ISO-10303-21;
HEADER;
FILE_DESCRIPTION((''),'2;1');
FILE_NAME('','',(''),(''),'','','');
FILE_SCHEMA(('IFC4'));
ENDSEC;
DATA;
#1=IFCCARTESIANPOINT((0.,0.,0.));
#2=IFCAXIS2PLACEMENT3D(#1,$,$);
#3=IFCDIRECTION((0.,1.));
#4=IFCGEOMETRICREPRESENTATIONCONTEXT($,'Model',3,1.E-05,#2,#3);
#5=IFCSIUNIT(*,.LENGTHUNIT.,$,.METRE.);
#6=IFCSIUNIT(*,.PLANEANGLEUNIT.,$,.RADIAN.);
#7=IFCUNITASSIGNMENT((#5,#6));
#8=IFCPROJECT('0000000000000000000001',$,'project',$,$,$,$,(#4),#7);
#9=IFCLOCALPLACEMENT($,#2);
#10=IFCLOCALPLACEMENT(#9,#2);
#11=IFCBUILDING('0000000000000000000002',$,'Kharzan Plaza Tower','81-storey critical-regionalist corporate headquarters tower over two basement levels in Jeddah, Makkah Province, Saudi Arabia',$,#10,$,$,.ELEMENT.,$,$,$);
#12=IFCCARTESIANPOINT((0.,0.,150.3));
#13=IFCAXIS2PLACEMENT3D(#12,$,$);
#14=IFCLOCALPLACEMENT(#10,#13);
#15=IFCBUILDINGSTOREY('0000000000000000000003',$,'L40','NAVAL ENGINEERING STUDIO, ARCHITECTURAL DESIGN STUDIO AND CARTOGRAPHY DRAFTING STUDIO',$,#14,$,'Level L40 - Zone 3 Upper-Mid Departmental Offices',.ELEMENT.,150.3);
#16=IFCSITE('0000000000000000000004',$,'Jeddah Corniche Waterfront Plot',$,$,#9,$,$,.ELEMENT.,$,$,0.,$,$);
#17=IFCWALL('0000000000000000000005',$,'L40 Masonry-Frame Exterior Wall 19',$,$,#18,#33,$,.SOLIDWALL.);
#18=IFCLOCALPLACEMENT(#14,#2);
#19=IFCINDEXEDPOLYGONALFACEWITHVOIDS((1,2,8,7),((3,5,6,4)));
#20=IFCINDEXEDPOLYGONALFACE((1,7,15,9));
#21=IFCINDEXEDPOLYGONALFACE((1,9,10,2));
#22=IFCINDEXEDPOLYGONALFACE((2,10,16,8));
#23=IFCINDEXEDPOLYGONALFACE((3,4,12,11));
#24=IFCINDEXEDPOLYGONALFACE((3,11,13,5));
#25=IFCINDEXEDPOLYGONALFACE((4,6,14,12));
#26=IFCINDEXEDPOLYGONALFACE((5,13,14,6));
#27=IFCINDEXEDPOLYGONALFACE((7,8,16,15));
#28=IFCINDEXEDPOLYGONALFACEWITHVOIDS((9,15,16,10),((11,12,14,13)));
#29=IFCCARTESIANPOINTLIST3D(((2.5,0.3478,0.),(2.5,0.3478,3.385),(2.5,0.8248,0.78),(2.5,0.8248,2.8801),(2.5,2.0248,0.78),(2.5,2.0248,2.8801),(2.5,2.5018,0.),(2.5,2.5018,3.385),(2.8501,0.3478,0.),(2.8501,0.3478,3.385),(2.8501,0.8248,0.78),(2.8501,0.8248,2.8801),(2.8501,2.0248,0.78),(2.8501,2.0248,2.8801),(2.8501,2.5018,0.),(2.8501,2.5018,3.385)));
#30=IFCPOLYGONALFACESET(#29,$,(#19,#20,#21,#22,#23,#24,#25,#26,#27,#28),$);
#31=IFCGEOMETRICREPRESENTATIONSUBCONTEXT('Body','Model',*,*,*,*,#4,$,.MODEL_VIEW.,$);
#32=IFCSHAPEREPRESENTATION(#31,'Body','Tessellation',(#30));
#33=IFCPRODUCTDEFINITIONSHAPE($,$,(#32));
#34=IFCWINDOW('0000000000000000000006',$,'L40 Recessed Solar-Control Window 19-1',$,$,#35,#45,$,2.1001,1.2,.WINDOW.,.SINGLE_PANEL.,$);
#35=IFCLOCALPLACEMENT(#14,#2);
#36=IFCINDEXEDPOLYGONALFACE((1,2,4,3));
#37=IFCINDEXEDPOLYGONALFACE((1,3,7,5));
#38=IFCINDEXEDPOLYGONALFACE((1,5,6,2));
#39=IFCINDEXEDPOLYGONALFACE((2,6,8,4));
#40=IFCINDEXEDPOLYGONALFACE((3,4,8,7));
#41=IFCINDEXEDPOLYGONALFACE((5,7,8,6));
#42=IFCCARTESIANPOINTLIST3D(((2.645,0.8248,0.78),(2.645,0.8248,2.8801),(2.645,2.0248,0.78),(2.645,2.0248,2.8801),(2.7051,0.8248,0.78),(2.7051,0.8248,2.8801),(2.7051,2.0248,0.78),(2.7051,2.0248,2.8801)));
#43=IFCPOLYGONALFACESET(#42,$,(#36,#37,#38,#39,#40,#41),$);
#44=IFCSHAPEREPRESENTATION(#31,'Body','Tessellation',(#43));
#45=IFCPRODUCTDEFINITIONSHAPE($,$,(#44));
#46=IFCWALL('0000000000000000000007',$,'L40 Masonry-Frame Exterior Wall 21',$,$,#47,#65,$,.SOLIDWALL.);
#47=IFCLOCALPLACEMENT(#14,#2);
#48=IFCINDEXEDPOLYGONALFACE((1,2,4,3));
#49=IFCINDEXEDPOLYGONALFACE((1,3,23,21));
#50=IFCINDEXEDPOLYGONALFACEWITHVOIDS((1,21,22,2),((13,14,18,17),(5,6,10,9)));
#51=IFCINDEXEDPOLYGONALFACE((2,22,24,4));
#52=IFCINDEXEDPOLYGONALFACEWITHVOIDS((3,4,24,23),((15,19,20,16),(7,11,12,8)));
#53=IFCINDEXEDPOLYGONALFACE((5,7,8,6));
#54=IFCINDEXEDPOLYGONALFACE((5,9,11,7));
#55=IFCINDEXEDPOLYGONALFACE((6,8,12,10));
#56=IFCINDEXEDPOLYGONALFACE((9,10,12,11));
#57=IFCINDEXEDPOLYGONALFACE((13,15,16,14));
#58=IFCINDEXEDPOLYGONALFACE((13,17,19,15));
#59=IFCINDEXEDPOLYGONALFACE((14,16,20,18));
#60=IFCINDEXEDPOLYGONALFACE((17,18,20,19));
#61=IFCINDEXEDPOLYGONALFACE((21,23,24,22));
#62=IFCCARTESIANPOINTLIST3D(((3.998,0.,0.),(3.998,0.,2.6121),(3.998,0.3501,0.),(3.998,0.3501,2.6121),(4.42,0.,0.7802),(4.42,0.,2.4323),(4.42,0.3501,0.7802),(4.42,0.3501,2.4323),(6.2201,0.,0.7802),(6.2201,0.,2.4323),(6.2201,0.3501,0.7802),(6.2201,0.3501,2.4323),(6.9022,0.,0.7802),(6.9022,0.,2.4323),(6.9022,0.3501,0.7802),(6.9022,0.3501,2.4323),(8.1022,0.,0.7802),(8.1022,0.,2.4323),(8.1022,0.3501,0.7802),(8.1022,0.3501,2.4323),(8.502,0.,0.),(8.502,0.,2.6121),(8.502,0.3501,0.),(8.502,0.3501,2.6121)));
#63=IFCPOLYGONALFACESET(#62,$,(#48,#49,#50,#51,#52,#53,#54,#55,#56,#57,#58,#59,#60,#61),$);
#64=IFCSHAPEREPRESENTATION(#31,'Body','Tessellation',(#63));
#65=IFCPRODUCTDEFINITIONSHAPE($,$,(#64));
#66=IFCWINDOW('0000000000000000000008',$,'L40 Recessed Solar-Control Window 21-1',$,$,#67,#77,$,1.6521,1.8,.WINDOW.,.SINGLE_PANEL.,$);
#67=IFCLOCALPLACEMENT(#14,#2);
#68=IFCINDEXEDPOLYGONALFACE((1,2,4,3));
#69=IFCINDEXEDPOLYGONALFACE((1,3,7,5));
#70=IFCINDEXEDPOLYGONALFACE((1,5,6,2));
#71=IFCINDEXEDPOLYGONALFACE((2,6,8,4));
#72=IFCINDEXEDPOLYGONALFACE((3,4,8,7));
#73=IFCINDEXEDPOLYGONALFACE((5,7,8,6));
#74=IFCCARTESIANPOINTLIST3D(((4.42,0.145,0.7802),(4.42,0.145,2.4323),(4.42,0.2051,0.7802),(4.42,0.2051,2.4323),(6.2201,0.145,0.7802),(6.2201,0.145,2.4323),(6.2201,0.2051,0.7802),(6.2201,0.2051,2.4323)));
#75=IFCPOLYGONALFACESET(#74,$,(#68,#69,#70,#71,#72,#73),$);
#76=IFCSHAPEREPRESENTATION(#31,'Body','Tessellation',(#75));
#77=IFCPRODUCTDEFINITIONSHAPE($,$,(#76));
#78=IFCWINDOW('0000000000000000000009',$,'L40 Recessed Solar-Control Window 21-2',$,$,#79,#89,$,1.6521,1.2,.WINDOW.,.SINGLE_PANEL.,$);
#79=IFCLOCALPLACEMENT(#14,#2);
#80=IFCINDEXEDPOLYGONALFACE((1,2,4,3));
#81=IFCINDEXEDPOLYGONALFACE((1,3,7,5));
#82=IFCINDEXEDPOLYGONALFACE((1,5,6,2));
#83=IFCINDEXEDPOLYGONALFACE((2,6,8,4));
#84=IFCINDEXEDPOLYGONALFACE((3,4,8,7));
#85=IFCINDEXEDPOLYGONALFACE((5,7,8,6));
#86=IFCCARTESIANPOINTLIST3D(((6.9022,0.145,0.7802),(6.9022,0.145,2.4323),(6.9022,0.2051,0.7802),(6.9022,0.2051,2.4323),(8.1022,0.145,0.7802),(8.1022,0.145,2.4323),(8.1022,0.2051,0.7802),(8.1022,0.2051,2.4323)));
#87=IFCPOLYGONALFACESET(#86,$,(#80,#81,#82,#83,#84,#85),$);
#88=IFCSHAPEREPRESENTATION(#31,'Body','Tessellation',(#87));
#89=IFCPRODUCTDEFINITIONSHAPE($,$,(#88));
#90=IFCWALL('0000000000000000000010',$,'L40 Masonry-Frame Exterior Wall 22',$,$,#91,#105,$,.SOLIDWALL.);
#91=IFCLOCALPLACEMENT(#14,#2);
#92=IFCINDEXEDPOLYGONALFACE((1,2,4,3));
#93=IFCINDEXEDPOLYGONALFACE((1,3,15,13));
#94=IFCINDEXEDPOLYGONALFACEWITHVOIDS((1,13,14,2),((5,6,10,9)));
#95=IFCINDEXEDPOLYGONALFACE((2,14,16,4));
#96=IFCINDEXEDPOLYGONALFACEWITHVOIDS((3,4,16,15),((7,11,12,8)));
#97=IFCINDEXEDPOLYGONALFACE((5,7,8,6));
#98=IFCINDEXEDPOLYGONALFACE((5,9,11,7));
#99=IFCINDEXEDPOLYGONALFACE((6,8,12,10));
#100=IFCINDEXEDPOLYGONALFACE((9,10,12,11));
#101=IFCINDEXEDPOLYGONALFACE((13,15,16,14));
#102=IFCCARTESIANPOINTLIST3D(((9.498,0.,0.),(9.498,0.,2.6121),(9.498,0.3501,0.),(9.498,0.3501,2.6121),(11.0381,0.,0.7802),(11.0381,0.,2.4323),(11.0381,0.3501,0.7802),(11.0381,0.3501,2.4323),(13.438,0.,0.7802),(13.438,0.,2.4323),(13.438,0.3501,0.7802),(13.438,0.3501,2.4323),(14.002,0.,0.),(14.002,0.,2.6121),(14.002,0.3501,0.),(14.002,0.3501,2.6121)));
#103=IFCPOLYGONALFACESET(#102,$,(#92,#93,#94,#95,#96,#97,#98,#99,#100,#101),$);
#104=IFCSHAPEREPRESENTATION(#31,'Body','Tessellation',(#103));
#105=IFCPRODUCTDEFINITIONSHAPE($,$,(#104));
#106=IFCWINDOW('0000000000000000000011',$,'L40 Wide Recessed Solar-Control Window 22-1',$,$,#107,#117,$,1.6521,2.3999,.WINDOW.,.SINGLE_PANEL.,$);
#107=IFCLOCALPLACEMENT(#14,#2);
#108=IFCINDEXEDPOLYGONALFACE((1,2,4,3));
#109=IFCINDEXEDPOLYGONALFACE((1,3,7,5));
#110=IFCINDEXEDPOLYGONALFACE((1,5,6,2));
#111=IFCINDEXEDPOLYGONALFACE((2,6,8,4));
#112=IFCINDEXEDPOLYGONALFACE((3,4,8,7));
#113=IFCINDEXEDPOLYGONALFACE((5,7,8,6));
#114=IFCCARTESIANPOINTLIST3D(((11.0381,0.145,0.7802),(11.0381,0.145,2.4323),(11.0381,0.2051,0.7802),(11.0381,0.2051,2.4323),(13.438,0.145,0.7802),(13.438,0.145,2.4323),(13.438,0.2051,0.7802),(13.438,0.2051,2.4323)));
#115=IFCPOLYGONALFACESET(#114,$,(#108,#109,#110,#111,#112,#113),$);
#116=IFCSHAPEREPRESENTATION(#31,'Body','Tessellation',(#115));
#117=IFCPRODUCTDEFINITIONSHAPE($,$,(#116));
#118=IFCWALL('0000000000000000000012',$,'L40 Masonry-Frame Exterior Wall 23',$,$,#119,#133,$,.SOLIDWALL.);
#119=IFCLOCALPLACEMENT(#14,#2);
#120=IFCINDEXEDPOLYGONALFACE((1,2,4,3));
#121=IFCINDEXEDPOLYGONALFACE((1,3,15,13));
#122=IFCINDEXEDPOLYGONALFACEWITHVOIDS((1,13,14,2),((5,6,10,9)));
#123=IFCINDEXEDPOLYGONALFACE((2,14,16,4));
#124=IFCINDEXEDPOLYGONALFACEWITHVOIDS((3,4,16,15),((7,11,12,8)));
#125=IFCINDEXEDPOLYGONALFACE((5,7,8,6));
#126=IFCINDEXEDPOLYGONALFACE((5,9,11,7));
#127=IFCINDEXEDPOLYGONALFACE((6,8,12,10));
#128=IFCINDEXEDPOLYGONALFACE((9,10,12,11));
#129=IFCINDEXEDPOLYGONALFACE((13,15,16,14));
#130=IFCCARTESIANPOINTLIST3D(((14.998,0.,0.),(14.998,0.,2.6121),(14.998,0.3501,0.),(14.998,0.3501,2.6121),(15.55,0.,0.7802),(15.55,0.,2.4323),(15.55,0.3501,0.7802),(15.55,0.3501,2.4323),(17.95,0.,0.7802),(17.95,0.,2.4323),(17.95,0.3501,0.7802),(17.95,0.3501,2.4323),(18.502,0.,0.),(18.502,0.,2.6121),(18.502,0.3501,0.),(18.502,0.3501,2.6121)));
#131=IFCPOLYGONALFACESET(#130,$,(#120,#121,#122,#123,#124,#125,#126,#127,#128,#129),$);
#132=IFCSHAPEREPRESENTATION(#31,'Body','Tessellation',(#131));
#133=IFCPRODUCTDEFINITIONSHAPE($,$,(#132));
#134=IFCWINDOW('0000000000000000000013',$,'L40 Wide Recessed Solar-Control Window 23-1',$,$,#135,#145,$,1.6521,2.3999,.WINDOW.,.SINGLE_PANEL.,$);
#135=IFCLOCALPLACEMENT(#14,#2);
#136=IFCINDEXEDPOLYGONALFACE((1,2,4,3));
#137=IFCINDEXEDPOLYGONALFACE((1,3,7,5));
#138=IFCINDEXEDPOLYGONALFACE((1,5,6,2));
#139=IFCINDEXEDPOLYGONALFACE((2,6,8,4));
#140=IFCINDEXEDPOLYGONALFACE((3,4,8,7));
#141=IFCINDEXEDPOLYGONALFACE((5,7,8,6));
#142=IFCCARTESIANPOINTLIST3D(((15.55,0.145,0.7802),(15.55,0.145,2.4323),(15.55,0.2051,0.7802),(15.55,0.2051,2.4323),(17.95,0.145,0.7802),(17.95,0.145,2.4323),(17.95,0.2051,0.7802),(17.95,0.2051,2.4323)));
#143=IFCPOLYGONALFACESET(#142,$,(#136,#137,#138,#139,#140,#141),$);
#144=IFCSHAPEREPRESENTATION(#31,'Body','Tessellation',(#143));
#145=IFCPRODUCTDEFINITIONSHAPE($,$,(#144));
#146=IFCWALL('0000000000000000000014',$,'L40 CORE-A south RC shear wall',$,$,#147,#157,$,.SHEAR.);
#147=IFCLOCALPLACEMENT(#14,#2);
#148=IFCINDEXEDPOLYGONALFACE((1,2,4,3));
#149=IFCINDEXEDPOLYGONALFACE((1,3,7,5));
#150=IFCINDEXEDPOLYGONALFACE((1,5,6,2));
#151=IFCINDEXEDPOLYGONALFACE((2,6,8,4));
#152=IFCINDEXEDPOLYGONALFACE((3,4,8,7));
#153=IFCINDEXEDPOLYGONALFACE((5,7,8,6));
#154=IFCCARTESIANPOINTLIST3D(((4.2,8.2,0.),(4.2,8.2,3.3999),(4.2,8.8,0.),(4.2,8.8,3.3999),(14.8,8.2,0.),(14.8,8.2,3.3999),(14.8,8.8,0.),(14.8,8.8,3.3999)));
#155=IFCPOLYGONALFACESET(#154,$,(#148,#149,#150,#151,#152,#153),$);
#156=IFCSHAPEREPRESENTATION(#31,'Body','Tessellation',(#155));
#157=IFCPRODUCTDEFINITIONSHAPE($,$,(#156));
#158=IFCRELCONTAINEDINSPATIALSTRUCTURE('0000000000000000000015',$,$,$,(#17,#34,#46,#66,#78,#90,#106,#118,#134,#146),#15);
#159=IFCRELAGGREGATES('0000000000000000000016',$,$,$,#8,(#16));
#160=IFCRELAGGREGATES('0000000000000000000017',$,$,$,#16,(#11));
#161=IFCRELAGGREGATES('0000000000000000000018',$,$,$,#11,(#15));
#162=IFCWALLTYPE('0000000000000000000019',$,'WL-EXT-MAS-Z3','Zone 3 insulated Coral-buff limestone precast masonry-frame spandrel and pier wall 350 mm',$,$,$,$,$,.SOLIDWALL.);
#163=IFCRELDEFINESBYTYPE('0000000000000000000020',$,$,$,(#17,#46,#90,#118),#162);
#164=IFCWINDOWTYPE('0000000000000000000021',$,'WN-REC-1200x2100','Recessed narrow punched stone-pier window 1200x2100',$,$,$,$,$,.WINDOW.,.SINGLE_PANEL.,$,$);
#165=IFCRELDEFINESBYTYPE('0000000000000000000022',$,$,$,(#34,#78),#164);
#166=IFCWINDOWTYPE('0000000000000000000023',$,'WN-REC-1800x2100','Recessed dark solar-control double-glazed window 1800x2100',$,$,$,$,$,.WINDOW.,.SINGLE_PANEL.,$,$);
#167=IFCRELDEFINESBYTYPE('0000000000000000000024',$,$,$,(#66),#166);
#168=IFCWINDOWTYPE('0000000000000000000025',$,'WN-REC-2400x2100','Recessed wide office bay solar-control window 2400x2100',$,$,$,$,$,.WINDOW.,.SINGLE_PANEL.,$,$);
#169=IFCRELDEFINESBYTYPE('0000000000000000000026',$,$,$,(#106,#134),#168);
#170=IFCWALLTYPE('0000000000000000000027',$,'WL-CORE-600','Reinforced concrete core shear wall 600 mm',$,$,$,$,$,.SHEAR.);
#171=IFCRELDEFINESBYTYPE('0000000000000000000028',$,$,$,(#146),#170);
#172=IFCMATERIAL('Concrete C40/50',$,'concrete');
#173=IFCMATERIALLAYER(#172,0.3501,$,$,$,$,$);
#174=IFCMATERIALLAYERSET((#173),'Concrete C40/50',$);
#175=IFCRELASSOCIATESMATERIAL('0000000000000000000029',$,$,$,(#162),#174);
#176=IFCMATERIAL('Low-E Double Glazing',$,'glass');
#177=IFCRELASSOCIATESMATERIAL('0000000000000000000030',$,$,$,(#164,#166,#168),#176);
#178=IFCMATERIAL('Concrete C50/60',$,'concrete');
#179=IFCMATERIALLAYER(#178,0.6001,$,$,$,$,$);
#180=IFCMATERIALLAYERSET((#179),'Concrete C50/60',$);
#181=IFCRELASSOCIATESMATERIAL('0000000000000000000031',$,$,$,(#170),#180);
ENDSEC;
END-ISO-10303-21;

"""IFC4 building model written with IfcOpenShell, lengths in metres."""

from ifc_helpers import new_model, si_unit, direction, frame, frame_2d, origin, place, context, subcontext, project, spatial, rectangle, extrude, source, transform, mapped, material, layer, layer_set, type_object, element, fill, save


model = new_model("IFC4")

# Units and contexts
model_context = context("Model", 3, precision=1e-05, world=origin(), true_north=direction((0.0, 1.0)))
body_context = subcontext(model_context, "Body", "Model", "MODEL_VIEW")
ifc_project = project(units=[si_unit("LENGTHUNIT", "METRE"), si_unit("PLANEANGLEUNIT", "RADIAN")], contexts=[model_context])

# Site, building, storey
site_placement = place(None, origin())
site = spatial("IfcSite", under=ifc_project, at=site_placement, Name="Jeddah Corniche Waterfront Plot", CompositionType="ELEMENT", RefElevation=0.0)
building_placement = place(site_placement, origin())
building = spatial("IfcBuilding", under=site, at=building_placement, Name="Kharzan Plaza Tower", Description="81-storey critical-regionalist corporate headquarters tower over two basement levels in Jeddah, Makkah Province, Saudi Arabia", CompositionType="ELEMENT")
storey_placement = place(building_placement, frame((0.0, 0.0, 150.3)))
storey = spatial("IfcBuildingStorey", under=building, at=storey_placement, Name="L40", Description="NAVAL ENGINEERING STUDIO, ARCHITECTURAL DESIGN STUDIO AND CARTOGRAPHY DRAFTING STUDIO", LongName="Level L40 - Zone 3 Upper-Mid Departmental Offices", CompositionType="ELEMENT", Elevation=150.3)

# Shared definitions
ifc_material_1 = material(Name="Concrete C50/60", Category="concrete")

# Wall, opening, window
ifc_material_2 = material(Name="Concrete C40/50", Category="concrete")
ifc_layer_1 = layer(ifc_material_2, 0.3501)
ifc_layer_set_1 = layer_set([ifc_layer_1], Name="Concrete C40/50")
wall_type_1 = type_object("IfcWallType", Name="WL-EXT-MAS-Z3", Description="Zone 3 insulated Coral-buff limestone precast masonry-frame spandrel and pier wall 350 mm", PredefinedType="SOLIDWALL", material=ifc_layer_set_1)
wall_1_placement = place(storey_placement, frame((2.675, 2.502, 0.0), z_axis=(0.0, 0.0, 1.0), x_axis=(0.0, -1.0, 0.0)))
wall_1 = element("IfcWall", 1, at=wall_1_placement, inside=storey, type_object=wall_type_1, Name="L40 Masonry-Frame Exterior Wall 19", PredefinedType="SOLIDWALL", context=body_context, shape_type="SweptSolid", body=[
    extrude(rectangle(XDim=2.1541, YDim=0.3501, at=frame_2d((1.0771, 0.0))), origin(), (0.0, 0.0, 1.0), 3.385),
])
opening_1_placement = place(wall_1_placement, frame((0.4771, 0.0, 0.78)))
opening_1 = element("IfcOpeningElement", 2, at=opening_1_placement, cuts=wall_1, PredefinedType="OPENING", context=body_context, shape_type="SweptSolid", body=[
    extrude(rectangle(XDim=1.2, YDim=2.1001, at=frame_2d((0.6001, 1.05))), frame((0.0, 0.1851, 0.0), z_axis=(0.0, -1.0, 0.0), x_axis=(1.0, 0.0, 0.0)), (0.0, 0.0, 1.0), 0.3701),
])
ifc_material_3 = material(Name="Low-E Double Glazing", Category="glass")
window_type_1 = type_object("IfcWindowType", Name="WN-REC-1200x2100", Description="Recessed narrow punched stone-pier window 1200x2100", PartitioningType="SINGLE_PANEL", PredefinedType="WINDOW", material=ifc_material_3)
shared_shape_1 = source(origin(), body_context, "Body", "SweptSolid", [
    extrude(rectangle(XDim=1.2, YDim=2.1001, at=frame_2d((0.6001, 1.05))), frame((0.0, 0.03, 0.0), z_axis=(0.0, -1.0, 0.0), x_axis=(1.0, 0.0, 0.0)), (0.0, 0.0, 1.0), 0.0601),
])
window_1_placement = place(opening_1_placement, origin())
window_1 = element("IfcWindow", 3, at=window_1_placement, inside=storey, type_object=window_type_1, Name="L40 Recessed Solar-Control Window 19-1", OverallHeight=2.1001, OverallWidth=1.2, PartitioningType="SINGLE_PANEL", PredefinedType="WINDOW", context=body_context, shape_type="MappedRepresentation", body=[
    mapped(shared_shape_1, transform((0.0, 0.0, 0.0), x_axis=(1.0, 0.0, 0.0), y_axis=(0.0, 1.0, 0.0), z_axis=(0.0, 0.0, 1.0))),
])
fill(opening_1, window_1)

# Wall, openings, windows
wall_2_placement = place(storey_placement, frame((3.998, 0.175, 0.0), z_axis=(0.0, 0.0, 1.0), x_axis=(1.0, 0.0, 0.0)))
wall_2 = element("IfcWall", 4, at=wall_2_placement, inside=storey, type_object=wall_type_1, Name="L40 Masonry-Frame Exterior Wall 21", PredefinedType="SOLIDWALL", context=body_context, shape_type="SweptSolid", body=[
    extrude(rectangle(XDim=4.5039, YDim=0.3501, at=frame_2d((2.252, 0.0))), origin(), (0.0, 0.0, 1.0), 2.6121),
])
opening_2_placement = place(wall_2_placement, frame((0.4221, 0.0, 0.78)))
opening_2 = element("IfcOpeningElement", 5, at=opening_2_placement, cuts=wall_2, PredefinedType="OPENING", context=body_context, shape_type="SweptSolid", body=[
    extrude(rectangle(XDim=1.8, YDim=1.6521, at=frame_2d((0.8999, 0.8262))), frame((0.0, 0.1851, 0.0), z_axis=(0.0, -1.0, 0.0), x_axis=(1.0, 0.0, 0.0)), (0.0, 0.0, 1.0), 0.3701),
])
opening_3_placement = place(wall_2_placement, frame((2.9041, 0.0, 0.78)))
opening_3 = element("IfcOpeningElement", 6, at=opening_3_placement, cuts=wall_2, PredefinedType="OPENING", context=body_context, shape_type="SweptSolid", body=[
    extrude(rectangle(XDim=1.2, YDim=1.6521, at=frame_2d((0.6001, 0.8262))), frame((0.0, 0.1851, 0.0), z_axis=(0.0, -1.0, 0.0), x_axis=(1.0, 0.0, 0.0)), (0.0, 0.0, 1.0), 0.3701),
])
window_type_2 = type_object("IfcWindowType", Name="WN-REC-1800x2100", Description="Recessed dark solar-control double-glazed window 1800x2100", PartitioningType="SINGLE_PANEL", PredefinedType="WINDOW", material=ifc_material_3)
shared_shape_2 = source(origin(), body_context, "Body", "SweptSolid", [
    extrude(rectangle(XDim=1.8, YDim=1.6521, at=frame_2d((0.8999, 0.8262))), frame((0.0, 0.03, 0.0), z_axis=(0.0, -1.0, 0.0), x_axis=(1.0, 0.0, 0.0)), (0.0, 0.0, 1.0), 0.0601),
])
window_2_placement = place(opening_2_placement, origin())
window_2 = element("IfcWindow", 7, at=window_2_placement, inside=storey, type_object=window_type_2, Name="L40 Recessed Solar-Control Window 21-1", OverallHeight=1.6521, OverallWidth=1.8, PartitioningType="SINGLE_PANEL", PredefinedType="WINDOW", context=body_context, shape_type="MappedRepresentation", body=[
    mapped(shared_shape_2, transform((0.0, 0.0, 0.0), x_axis=(1.0, 0.0, 0.0), y_axis=(0.0, 1.0, 0.0), z_axis=(0.0, 0.0, 1.0))),
])
fill(opening_2, window_2)
shared_shape_3 = source(origin(), body_context, "Body", "SweptSolid", [
    extrude(rectangle(XDim=1.2, YDim=1.6521, at=frame_2d((0.6001, 0.8262))), frame((0.0, 0.03, 0.0), z_axis=(0.0, -1.0, 0.0), x_axis=(1.0, 0.0, 0.0)), (0.0, 0.0, 1.0), 0.0601),
])
window_3_placement = place(opening_3_placement, origin())
window_3 = element("IfcWindow", 8, at=window_3_placement, inside=storey, type_object=window_type_1, Name="L40 Recessed Solar-Control Window 21-2", OverallHeight=1.6521, OverallWidth=1.2, PartitioningType="SINGLE_PANEL", PredefinedType="WINDOW", context=body_context, shape_type="MappedRepresentation", body=[
    mapped(shared_shape_3, transform((0.0, 0.0, 0.0), x_axis=(1.0, 0.0, 0.0), y_axis=(0.0, 1.0, 0.0), z_axis=(0.0, 0.0, 1.0))),
])
fill(opening_3, window_3)

# Walls, openings, windows
wall_3_placement = place(storey_placement, frame((9.498, 0.175, 0.0), z_axis=(0.0, 0.0, 1.0), x_axis=(1.0, 0.0, 0.0)))
wall_3 = element("IfcWall", 9, at=wall_3_placement, inside=storey, type_object=wall_type_1, Name="L40 Masonry-Frame Exterior Wall 22", PredefinedType="SOLIDWALL", context=body_context, shape_type="SweptSolid", body=[
    extrude(rectangle(XDim=4.5039, YDim=0.3501, at=frame_2d((2.252, 0.0))), origin(), (0.0, 0.0, 1.0), 2.6121),
])
opening_4_placement = place(wall_3_placement, frame((1.54, 0.0, 0.78)))
opening_4 = element("IfcOpeningElement", 10, at=opening_4_placement, cuts=wall_3, PredefinedType="OPENING", context=body_context, shape_type="SweptSolid", body=[
    extrude(rectangle(XDim=2.3999, YDim=1.6521, at=frame_2d((1.2, 0.8262))), frame((0.0, 0.1851, 0.0), z_axis=(0.0, -1.0, 0.0), x_axis=(1.0, 0.0, 0.0)), (0.0, 0.0, 1.0), 0.3701),
])
window_type_3 = type_object("IfcWindowType", Name="WN-REC-2400x2100", Description="Recessed wide office bay solar-control window 2400x2100", PartitioningType="SINGLE_PANEL", PredefinedType="WINDOW", material=ifc_material_3)
shared_shape_4 = source(origin(), body_context, "Body", "SweptSolid", [
    extrude(rectangle(XDim=2.3999, YDim=1.6521, at=frame_2d((1.2, 0.8262))), frame((0.0, 0.03, 0.0), z_axis=(0.0, -1.0, 0.0), x_axis=(1.0, 0.0, 0.0)), (0.0, 0.0, 1.0), 0.0601),
])
window_4_placement = place(opening_4_placement, origin())
window_4 = element("IfcWindow", 11, at=window_4_placement, inside=storey, type_object=window_type_3, Name="L40 Wide Recessed Solar-Control Window 22-1", OverallHeight=1.6521, OverallWidth=2.3999, PartitioningType="SINGLE_PANEL", PredefinedType="WINDOW", context=body_context, shape_type="MappedRepresentation", body=[
    mapped(shared_shape_4, transform((0.0, 0.0, 0.0), x_axis=(1.0, 0.0, 0.0), y_axis=(0.0, 1.0, 0.0), z_axis=(0.0, 0.0, 1.0))),
])
fill(opening_4, window_4)
wall_4_placement = place(storey_placement, frame((14.998, 0.175, 0.0), z_axis=(0.0, 0.0, 1.0), x_axis=(1.0, 0.0, 0.0)))
wall_4 = element("IfcWall", 12, at=wall_4_placement, inside=storey, type_object=wall_type_1, Name="L40 Masonry-Frame Exterior Wall 23", PredefinedType="SOLIDWALL", context=body_context, shape_type="SweptSolid", body=[
    extrude(rectangle(XDim=3.5039, YDim=0.3501, at=frame_2d((1.752, 0.0))), origin(), (0.0, 0.0, 1.0), 2.6121),
])
opening_5_placement = place(wall_4_placement, frame((0.552, 0.0, 0.78)))
opening_5 = element("IfcOpeningElement", 13, at=opening_5_placement, cuts=wall_4, PredefinedType="OPENING", context=body_context, shape_type="SweptSolid", body=[
    extrude(rectangle(XDim=2.3999, YDim=1.6521, at=frame_2d((1.2, 0.8262))), frame((0.0, 0.1851, 0.0), z_axis=(0.0, -1.0, 0.0), x_axis=(1.0, 0.0, 0.0)), (0.0, 0.0, 1.0), 0.3701),
])
window_5_placement = place(opening_5_placement, origin())
window_5 = element("IfcWindow", 14, at=window_5_placement, inside=storey, type_object=window_type_3, Name="L40 Wide Recessed Solar-Control Window 23-1", OverallHeight=1.6521, OverallWidth=2.3999, PartitioningType="SINGLE_PANEL", PredefinedType="WINDOW", context=body_context, shape_type="MappedRepresentation", body=[
    mapped(shared_shape_4, transform((0.0, 0.0, 0.0), x_axis=(1.0, 0.0, 0.0), y_axis=(0.0, 1.0, 0.0), z_axis=(0.0, 0.0, 1.0))),
])
fill(opening_5, window_5)

# Wall
ifc_layer_2 = layer(ifc_material_1, 0.6001)
ifc_layer_set_2 = layer_set([ifc_layer_2], Name="Concrete C50/60")
wall_type_2 = type_object("IfcWallType", Name="WL-CORE-600", Description="Reinforced concrete core shear wall 600 mm", PredefinedType="SHEAR", material=ifc_layer_set_2)
shared_shape_5 = source(origin(), body_context, "Body", "SweptSolid", [
    extrude(rectangle(XDim=10.6001, YDim=0.6001, at=frame_2d((5.3, 0.0))), origin(), (0.0, 0.0, 1.0), 3.3999),
])
wall_5_placement = place(storey_placement, frame((4.2, 8.5, 0.0), z_axis=(0.0, 0.0, 1.0), x_axis=(1.0, 0.0, 0.0)))
element("IfcWall", 15, at=wall_5_placement, inside=storey, type_object=wall_type_2, Name="L40 CORE-A south RC shear wall", PredefinedType="SHEAR", context=body_context, shape_type="MappedRepresentation", body=[
    mapped(shared_shape_5, transform((0.0, 0.0, 0.0), x_axis=(1.0, 0.0, 0.0), y_axis=(0.0, 1.0, 0.0), z_axis=(0.0, 0.0, 1.0))),
])

save(model, "model.ifc")
